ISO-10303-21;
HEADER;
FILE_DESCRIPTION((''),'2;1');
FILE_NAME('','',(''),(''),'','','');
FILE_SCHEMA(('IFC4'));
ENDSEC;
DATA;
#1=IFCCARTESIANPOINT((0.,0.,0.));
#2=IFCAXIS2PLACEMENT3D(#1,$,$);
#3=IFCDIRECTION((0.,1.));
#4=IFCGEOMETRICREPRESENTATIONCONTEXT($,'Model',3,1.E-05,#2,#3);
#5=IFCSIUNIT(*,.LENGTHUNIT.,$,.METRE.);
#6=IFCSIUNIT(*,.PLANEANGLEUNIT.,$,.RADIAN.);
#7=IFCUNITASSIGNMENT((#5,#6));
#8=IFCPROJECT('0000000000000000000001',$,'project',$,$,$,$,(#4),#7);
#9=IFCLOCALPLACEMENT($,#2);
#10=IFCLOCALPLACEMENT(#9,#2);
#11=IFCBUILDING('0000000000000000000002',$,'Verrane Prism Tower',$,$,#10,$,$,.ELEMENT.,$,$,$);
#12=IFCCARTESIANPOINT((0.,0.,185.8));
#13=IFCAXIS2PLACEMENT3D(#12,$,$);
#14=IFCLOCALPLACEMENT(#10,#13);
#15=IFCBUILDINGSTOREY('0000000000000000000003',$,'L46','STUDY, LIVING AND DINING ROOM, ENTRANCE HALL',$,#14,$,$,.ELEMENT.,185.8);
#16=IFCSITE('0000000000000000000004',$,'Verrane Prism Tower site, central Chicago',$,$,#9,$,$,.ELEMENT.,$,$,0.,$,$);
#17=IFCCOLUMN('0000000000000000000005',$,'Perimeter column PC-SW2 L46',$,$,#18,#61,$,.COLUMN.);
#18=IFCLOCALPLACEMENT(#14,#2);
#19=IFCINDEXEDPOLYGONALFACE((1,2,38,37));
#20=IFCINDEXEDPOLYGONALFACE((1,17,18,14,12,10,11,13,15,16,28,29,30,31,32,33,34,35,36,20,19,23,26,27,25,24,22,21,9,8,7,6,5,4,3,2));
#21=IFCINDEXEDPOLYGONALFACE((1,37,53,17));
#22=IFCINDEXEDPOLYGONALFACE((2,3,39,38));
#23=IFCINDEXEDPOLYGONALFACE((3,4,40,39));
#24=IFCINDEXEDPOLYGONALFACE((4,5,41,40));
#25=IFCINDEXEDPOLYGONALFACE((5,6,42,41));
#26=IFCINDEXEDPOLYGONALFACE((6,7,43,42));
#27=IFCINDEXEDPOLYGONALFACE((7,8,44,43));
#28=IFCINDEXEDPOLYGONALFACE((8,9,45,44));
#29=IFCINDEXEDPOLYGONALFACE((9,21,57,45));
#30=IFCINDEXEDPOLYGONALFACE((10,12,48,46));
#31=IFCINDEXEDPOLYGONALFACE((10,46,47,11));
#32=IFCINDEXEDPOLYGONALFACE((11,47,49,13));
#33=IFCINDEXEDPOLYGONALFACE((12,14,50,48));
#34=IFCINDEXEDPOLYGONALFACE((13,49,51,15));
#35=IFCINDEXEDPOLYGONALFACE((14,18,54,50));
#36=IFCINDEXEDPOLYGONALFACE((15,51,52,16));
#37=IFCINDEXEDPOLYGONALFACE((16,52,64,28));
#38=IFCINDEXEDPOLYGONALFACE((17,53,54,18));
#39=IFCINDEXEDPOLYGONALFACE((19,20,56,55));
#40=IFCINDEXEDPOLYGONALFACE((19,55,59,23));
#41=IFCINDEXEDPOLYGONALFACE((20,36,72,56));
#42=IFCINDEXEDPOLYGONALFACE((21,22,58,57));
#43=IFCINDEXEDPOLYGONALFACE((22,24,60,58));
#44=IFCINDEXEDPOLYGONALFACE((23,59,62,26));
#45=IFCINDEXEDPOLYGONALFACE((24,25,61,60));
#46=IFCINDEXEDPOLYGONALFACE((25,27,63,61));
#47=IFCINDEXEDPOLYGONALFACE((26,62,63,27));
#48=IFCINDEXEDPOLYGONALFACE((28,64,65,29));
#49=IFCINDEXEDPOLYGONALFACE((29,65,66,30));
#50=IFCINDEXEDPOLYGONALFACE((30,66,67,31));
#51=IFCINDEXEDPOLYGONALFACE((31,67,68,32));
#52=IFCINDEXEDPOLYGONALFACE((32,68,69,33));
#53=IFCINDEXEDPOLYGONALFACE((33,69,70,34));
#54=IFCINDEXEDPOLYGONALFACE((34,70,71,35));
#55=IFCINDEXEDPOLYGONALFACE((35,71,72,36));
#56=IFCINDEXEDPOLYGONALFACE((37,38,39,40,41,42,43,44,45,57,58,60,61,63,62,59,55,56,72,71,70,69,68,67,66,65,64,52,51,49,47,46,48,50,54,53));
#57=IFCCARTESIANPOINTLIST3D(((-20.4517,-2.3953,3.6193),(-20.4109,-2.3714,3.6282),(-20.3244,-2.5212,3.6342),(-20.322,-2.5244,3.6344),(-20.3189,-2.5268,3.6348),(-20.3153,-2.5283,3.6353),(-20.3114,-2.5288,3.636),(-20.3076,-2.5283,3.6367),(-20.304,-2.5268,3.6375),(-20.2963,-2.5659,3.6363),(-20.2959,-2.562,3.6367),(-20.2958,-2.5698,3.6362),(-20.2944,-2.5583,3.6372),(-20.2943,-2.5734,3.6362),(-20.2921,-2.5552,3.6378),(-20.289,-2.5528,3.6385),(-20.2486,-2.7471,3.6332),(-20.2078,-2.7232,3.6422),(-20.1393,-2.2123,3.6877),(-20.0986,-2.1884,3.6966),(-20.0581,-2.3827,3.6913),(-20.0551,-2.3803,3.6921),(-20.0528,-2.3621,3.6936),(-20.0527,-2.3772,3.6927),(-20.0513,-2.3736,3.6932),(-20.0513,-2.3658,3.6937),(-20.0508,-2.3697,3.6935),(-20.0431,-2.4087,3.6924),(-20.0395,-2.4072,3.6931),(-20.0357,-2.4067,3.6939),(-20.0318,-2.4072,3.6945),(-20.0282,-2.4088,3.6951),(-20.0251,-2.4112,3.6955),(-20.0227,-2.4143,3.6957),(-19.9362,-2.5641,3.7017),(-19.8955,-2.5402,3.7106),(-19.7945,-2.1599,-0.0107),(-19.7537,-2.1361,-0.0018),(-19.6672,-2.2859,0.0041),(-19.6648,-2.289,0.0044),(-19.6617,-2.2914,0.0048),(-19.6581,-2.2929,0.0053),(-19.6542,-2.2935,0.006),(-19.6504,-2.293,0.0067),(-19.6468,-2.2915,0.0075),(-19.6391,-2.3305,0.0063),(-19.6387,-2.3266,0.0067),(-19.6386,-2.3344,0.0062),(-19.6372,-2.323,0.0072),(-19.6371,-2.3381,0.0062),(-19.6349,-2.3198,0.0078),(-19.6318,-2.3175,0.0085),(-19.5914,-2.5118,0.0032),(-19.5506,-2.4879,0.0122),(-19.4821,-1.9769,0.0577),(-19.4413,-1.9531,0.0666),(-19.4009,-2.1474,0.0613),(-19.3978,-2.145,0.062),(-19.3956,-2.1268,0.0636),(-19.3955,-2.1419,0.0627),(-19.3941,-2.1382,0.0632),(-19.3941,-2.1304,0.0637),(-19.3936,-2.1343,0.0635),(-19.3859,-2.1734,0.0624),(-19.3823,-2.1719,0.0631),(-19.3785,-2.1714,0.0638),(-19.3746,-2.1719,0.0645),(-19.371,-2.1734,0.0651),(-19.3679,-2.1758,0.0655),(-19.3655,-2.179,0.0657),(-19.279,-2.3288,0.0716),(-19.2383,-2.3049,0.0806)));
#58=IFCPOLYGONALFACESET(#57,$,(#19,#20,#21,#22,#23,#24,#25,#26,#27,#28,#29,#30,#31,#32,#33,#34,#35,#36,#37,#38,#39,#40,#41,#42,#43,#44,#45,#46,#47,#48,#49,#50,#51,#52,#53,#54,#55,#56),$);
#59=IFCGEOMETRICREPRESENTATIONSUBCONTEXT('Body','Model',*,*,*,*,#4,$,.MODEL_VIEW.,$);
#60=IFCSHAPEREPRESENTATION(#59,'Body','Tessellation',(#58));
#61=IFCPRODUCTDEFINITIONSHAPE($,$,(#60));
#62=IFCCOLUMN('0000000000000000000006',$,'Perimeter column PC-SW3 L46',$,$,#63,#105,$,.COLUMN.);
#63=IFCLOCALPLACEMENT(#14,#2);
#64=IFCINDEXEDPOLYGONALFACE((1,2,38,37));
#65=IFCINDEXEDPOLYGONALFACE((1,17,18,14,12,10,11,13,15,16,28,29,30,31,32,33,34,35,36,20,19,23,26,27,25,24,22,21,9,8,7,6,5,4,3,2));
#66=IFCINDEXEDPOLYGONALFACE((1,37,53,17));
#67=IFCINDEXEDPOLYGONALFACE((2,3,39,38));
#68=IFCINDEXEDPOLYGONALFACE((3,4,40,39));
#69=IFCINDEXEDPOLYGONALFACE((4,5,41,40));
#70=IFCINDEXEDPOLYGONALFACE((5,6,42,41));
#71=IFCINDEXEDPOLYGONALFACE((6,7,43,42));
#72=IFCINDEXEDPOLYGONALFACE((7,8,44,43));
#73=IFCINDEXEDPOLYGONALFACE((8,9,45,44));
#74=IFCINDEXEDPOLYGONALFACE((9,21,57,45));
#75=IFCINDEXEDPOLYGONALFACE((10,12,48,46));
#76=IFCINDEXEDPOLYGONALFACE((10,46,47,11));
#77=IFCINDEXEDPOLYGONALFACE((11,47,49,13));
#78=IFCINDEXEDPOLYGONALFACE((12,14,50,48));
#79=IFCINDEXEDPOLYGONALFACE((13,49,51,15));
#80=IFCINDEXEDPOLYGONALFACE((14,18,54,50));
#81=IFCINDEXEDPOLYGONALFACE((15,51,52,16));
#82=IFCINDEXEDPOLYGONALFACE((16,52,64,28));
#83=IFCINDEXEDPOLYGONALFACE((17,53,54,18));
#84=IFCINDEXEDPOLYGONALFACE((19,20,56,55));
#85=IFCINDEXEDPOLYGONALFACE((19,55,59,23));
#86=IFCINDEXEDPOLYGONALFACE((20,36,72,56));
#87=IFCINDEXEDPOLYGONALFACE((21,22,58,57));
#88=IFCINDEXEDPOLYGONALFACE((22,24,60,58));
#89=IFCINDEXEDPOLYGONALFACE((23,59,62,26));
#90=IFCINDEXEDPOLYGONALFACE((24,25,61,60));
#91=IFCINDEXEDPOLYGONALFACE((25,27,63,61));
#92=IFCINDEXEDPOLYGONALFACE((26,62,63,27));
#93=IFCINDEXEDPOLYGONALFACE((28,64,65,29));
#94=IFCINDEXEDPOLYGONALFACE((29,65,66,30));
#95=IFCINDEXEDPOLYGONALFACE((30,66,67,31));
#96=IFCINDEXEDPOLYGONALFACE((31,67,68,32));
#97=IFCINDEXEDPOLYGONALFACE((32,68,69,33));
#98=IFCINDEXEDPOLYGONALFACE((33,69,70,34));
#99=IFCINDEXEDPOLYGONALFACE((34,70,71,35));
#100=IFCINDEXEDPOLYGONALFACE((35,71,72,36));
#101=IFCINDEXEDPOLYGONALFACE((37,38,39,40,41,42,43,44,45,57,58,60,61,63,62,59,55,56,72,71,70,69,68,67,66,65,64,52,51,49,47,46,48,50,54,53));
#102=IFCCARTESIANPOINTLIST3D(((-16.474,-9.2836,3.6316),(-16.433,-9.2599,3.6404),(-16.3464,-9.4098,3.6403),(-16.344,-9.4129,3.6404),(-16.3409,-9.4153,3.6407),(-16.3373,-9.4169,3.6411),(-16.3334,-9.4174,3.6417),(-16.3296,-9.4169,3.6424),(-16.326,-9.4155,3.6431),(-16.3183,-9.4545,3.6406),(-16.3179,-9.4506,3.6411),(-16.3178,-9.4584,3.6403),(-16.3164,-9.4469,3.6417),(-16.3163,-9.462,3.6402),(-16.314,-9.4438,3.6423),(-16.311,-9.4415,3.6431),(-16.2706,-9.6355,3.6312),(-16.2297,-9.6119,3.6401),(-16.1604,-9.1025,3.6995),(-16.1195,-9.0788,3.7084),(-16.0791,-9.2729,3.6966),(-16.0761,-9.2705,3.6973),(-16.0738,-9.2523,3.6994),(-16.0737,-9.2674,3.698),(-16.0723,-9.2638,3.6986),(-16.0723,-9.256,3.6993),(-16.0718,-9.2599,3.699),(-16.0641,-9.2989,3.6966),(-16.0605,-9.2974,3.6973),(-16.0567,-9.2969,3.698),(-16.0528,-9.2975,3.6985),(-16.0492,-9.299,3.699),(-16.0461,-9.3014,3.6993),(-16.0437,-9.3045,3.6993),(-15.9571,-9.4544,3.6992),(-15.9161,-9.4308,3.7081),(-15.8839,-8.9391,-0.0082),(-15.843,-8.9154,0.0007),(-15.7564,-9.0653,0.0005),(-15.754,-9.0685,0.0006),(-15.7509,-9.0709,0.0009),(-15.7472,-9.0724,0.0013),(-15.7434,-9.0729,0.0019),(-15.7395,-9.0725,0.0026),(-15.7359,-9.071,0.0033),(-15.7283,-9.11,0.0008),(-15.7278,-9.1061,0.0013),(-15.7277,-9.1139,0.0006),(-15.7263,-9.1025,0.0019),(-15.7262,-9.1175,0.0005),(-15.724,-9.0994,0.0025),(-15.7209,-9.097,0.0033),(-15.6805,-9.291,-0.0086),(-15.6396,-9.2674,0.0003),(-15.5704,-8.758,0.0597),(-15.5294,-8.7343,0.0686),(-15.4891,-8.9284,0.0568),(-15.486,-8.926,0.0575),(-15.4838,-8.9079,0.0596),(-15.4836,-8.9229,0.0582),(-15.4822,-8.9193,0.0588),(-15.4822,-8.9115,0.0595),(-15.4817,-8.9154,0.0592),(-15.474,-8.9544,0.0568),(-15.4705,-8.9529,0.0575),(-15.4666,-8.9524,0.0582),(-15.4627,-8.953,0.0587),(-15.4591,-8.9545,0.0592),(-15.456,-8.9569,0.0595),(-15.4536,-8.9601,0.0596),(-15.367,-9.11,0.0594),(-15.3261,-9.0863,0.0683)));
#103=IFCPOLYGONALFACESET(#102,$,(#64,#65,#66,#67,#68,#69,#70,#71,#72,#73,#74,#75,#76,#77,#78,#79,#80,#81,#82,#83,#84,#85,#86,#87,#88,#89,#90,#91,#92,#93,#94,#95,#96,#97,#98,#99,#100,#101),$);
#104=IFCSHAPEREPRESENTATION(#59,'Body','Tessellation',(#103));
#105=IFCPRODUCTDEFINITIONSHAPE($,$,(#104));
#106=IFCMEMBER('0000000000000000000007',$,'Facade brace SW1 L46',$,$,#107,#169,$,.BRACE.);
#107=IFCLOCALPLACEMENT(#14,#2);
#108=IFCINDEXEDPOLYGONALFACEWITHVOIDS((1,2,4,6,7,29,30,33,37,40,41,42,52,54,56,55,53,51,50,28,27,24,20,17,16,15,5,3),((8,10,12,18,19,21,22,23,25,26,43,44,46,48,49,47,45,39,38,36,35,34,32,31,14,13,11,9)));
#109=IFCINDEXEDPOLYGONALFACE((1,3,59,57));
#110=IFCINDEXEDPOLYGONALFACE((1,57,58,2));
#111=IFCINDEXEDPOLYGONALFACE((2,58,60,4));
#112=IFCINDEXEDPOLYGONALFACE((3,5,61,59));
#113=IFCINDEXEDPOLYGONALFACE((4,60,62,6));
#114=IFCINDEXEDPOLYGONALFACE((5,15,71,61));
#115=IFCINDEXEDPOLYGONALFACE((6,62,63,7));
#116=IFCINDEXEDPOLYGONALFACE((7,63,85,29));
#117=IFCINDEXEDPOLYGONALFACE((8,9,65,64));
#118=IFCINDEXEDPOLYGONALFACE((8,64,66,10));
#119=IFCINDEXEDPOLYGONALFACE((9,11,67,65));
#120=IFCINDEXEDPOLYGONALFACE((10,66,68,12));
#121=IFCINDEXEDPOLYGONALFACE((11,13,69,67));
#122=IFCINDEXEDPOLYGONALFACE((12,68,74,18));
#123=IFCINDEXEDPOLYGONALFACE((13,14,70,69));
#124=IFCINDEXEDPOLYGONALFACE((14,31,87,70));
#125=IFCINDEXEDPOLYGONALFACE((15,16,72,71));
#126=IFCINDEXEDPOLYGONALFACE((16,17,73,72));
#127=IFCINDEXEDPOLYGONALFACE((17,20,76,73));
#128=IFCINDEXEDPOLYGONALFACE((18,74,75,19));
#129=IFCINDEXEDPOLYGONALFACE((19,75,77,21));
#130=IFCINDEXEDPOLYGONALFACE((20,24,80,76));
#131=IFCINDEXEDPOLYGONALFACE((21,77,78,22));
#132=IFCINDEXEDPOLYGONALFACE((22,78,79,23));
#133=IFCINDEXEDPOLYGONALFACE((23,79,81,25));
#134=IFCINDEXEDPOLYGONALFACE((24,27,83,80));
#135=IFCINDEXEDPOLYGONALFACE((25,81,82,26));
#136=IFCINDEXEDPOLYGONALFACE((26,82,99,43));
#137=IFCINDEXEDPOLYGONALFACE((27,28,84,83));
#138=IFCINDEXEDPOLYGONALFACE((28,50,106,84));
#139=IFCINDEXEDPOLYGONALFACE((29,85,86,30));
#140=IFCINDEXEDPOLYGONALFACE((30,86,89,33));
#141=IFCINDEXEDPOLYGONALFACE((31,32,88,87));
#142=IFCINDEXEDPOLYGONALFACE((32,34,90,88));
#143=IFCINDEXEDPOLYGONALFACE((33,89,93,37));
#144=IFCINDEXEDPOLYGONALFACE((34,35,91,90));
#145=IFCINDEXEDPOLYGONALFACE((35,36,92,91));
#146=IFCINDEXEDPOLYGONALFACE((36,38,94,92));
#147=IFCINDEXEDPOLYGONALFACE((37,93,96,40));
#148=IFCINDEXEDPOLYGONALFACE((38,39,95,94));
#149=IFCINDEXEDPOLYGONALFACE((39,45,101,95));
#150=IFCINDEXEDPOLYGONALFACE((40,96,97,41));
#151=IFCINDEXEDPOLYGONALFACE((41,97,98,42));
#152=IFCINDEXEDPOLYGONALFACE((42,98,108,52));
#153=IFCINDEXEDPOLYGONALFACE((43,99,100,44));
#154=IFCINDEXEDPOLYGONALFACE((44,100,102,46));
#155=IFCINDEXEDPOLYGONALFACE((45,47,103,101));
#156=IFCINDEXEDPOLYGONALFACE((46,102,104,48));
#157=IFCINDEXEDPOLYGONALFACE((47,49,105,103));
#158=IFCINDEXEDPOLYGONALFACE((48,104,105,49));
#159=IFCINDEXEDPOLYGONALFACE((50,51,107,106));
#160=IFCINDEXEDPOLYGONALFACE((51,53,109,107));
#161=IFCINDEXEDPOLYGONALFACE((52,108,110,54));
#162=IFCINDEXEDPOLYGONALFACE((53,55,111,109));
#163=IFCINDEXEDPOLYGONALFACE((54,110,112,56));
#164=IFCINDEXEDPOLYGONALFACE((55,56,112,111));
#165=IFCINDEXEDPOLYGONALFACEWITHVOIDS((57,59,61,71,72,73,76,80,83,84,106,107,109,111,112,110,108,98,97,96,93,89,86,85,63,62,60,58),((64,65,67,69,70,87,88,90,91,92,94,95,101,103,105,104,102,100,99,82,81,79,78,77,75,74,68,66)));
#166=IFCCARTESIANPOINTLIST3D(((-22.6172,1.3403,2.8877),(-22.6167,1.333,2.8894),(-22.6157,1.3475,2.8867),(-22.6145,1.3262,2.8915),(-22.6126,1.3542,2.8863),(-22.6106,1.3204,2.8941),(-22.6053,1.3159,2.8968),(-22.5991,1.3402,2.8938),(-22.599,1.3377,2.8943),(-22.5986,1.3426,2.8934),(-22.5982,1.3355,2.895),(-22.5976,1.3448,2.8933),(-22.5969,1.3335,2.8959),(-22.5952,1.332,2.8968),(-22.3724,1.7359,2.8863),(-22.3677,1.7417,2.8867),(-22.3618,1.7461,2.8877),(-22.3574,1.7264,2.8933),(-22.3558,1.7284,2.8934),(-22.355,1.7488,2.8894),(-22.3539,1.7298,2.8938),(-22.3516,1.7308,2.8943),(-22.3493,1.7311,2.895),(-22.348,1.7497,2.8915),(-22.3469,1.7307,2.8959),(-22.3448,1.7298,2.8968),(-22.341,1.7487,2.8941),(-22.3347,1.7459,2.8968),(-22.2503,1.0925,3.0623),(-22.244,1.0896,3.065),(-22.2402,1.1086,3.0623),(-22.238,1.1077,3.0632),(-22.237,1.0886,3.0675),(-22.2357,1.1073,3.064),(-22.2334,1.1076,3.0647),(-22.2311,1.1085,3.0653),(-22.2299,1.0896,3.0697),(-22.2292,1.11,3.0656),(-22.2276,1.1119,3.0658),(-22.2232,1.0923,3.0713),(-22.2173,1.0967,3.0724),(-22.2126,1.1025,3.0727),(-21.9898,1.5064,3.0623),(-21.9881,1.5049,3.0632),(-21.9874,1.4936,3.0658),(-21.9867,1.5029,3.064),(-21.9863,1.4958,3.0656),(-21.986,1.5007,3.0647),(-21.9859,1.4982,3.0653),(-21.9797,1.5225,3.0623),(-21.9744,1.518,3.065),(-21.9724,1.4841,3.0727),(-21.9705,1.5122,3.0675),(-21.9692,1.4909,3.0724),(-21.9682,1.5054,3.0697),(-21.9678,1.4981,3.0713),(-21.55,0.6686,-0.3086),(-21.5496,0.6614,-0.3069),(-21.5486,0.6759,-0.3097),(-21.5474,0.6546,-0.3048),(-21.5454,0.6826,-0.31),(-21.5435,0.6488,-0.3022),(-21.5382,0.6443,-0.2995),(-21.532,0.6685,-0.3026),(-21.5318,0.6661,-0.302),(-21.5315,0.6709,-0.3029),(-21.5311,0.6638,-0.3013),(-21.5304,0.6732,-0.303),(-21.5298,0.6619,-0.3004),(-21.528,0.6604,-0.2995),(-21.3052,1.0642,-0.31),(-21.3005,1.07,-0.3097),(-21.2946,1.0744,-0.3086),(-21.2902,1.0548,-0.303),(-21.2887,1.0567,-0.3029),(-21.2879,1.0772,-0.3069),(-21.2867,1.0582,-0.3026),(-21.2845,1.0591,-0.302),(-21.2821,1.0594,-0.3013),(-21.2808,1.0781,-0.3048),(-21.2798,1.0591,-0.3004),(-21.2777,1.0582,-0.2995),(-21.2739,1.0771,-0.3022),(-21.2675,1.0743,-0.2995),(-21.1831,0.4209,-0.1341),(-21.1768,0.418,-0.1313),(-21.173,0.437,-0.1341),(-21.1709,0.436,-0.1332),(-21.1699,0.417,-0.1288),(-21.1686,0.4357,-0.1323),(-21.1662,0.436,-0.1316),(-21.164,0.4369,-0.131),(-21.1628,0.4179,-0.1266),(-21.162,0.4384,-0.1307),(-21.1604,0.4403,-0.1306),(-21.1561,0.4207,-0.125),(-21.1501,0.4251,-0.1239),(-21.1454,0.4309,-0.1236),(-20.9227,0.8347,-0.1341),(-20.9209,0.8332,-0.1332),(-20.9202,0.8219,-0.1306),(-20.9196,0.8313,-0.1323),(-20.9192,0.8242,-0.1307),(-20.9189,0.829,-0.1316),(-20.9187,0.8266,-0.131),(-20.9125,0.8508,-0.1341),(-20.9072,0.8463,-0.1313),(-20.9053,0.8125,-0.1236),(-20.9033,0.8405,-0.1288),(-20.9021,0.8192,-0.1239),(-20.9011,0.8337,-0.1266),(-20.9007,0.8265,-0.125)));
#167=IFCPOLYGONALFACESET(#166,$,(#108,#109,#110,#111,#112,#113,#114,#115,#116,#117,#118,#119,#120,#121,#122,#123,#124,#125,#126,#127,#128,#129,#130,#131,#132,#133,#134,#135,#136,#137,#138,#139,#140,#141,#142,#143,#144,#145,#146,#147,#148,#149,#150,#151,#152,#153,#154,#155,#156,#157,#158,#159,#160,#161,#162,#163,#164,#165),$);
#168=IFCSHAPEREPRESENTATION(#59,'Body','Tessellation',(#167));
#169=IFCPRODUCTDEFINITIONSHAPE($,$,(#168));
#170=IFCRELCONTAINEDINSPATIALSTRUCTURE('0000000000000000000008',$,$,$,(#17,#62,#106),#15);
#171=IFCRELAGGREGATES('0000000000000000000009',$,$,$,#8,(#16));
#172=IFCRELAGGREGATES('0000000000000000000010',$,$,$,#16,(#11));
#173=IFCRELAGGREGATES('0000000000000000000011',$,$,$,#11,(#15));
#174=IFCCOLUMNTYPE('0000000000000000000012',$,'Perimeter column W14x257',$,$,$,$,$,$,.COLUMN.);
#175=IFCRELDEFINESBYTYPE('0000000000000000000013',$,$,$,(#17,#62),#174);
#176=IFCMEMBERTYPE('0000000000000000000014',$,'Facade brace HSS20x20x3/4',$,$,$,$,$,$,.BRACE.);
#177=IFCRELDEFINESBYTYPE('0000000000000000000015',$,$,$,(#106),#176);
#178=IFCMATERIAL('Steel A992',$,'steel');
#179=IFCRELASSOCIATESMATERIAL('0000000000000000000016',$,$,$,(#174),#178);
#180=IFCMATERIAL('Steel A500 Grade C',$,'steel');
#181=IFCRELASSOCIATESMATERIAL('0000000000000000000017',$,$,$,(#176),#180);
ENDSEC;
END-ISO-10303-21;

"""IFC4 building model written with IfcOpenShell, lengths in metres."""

from ifc_helpers import new_model, si_unit, direction, frame, origin, origin_2d, place, context, subcontext, project, spatial, hollow_rectangle, i_section, extrude, material, material_profile, profile_set, type_object, element, save


model = new_model("IFC4")

# Units and contexts
model_context = context("Model", 3, precision=1e-05, world=origin(), true_north=direction((0.0, 1.0)))
body_context = subcontext(model_context, "Body", "Model", "MODEL_VIEW")
ifc_project = project(units=[si_unit("LENGTHUNIT", "METRE"), si_unit("PLANEANGLEUNIT", "RADIAN")], contexts=[model_context])

# Site, building, storey
site_placement = place(None, origin())
site = spatial("IfcSite", under=ifc_project, at=site_placement, Name="Verrane Prism Tower site, central Chicago", CompositionType="ELEMENT", RefElevation=0.0)
building_placement = place(site_placement, origin())
building = spatial("IfcBuilding", under=site, at=building_placement, Name="Verrane Prism Tower", CompositionType="ELEMENT")
storey_placement = place(building_placement, frame((0.0, 0.0, 185.8)))
storey = spatial("IfcBuildingStorey", under=building, at=storey_placement, Name="L46", Description="STUDY, LIVING AND DINING ROOM, ENTRANCE HALL", CompositionType="ELEMENT", Elevation=185.8)

# Columns
ifc_material_1 = material(Name="Steel A992", Category="steel")
ifc_material_profile_1 = material_profile(ifc_material_1, i_section(OverallWidth=0.4065, OverallDepth=0.4165, WebThickness=0.03, FlangeThickness=0.0481, FilletRadius=0.0151, at=origin_2d()), Name="W14x257")
ifc_profile_set_1 = profile_set([ifc_material_profile_1], Name="Steel A992")
column_type = type_object("IfcColumnType", Name="Perimeter column W14x257", PredefinedType="COLUMN", material=ifc_profile_set_1)
column_1_placement = place(storey_placement, frame((-19.5164, -2.2324, 0.0349), z_axis=(-0.17779, -0.063666, 0.982007), x_axis=(-0.499621, 0.865563, -0.034338)))
element("IfcColumn", 1, at=column_1_placement, inside=storey, type_object=column_type, Name="Perimeter column PC-SW2 L46", PredefinedType="COLUMN", context=body_context, shape_type="SweptSolid", body=[
    extrude(i_section(OverallWidth=0.4065, OverallDepth=0.4165, WebThickness=0.03, FlangeThickness=0.0481, FilletRadius=0.0151, at=origin_2d()), origin(), (0.0, 0.0, 1.0), 3.6965),
])
column_2_placement = place(storey_placement, frame((-15.605, -9.0127, 0.03), z_axis=(-0.159334, -0.093016, 0.982833), x_axis=(-0.50029, 0.865858, 0.00084)))
element("IfcColumn", 2, at=column_2_placement, inside=storey, type_object=column_type, Name="Perimeter column PC-SW3 L46", PredefinedType="COLUMN", context=body_context, shape_type="SweptSolid", body=[
    extrude(i_section(OverallWidth=0.4065, OverallDepth=0.4165, WebThickness=0.03, FlangeThickness=0.0481, FilletRadius=0.0151, at=origin_2d()), origin(), (0.0, 0.0, 1.0), 3.7034),
])

# Member
ifc_material_2 = material(Name="Steel A500 Grade C", Category="steel")
ifc_material_profile_2 = material_profile(ifc_material_2, hollow_rectangle(XDim=0.5081, YDim=0.5081, WallThickness=0.019, InnerFilletRadius=0.0095, OuterFilletRadius=0.0286, at=origin_2d()), Name="HSS20x20x3/4")
ifc_profile_set_2 = profile_set([ifc_material_profile_2], Name="Steel A500 Grade C")
member_type_1 = type_object("IfcMemberType", Name="Facade brace HSS20x20x3/4", PredefinedType="BRACE", material=ifc_profile_set_2)
member_1_placement = place(storey_placement, frame((-21.2253, 0.7476, -0.2168), z_axis=(-0.310575, 0.195468, 0.930234), x_axis=(-0.532659, -0.84633, 0.0)))
element("IfcMember", 3, at=member_1_placement, inside=storey, type_object=member_type_1, Name="Facade brace SW1 L46", PredefinedType="BRACE", context=body_context, shape_type="SweptSolid", body=[
    extrude(hollow_rectangle(XDim=0.5081, YDim=0.5081, WallThickness=0.019, InnerFilletRadius=0.0095, OuterFilletRadius=0.0286, at=origin_2d()), origin(), (0.0, 0.0, 1.0), 3.436),
])

save(model, "model.ifc")
